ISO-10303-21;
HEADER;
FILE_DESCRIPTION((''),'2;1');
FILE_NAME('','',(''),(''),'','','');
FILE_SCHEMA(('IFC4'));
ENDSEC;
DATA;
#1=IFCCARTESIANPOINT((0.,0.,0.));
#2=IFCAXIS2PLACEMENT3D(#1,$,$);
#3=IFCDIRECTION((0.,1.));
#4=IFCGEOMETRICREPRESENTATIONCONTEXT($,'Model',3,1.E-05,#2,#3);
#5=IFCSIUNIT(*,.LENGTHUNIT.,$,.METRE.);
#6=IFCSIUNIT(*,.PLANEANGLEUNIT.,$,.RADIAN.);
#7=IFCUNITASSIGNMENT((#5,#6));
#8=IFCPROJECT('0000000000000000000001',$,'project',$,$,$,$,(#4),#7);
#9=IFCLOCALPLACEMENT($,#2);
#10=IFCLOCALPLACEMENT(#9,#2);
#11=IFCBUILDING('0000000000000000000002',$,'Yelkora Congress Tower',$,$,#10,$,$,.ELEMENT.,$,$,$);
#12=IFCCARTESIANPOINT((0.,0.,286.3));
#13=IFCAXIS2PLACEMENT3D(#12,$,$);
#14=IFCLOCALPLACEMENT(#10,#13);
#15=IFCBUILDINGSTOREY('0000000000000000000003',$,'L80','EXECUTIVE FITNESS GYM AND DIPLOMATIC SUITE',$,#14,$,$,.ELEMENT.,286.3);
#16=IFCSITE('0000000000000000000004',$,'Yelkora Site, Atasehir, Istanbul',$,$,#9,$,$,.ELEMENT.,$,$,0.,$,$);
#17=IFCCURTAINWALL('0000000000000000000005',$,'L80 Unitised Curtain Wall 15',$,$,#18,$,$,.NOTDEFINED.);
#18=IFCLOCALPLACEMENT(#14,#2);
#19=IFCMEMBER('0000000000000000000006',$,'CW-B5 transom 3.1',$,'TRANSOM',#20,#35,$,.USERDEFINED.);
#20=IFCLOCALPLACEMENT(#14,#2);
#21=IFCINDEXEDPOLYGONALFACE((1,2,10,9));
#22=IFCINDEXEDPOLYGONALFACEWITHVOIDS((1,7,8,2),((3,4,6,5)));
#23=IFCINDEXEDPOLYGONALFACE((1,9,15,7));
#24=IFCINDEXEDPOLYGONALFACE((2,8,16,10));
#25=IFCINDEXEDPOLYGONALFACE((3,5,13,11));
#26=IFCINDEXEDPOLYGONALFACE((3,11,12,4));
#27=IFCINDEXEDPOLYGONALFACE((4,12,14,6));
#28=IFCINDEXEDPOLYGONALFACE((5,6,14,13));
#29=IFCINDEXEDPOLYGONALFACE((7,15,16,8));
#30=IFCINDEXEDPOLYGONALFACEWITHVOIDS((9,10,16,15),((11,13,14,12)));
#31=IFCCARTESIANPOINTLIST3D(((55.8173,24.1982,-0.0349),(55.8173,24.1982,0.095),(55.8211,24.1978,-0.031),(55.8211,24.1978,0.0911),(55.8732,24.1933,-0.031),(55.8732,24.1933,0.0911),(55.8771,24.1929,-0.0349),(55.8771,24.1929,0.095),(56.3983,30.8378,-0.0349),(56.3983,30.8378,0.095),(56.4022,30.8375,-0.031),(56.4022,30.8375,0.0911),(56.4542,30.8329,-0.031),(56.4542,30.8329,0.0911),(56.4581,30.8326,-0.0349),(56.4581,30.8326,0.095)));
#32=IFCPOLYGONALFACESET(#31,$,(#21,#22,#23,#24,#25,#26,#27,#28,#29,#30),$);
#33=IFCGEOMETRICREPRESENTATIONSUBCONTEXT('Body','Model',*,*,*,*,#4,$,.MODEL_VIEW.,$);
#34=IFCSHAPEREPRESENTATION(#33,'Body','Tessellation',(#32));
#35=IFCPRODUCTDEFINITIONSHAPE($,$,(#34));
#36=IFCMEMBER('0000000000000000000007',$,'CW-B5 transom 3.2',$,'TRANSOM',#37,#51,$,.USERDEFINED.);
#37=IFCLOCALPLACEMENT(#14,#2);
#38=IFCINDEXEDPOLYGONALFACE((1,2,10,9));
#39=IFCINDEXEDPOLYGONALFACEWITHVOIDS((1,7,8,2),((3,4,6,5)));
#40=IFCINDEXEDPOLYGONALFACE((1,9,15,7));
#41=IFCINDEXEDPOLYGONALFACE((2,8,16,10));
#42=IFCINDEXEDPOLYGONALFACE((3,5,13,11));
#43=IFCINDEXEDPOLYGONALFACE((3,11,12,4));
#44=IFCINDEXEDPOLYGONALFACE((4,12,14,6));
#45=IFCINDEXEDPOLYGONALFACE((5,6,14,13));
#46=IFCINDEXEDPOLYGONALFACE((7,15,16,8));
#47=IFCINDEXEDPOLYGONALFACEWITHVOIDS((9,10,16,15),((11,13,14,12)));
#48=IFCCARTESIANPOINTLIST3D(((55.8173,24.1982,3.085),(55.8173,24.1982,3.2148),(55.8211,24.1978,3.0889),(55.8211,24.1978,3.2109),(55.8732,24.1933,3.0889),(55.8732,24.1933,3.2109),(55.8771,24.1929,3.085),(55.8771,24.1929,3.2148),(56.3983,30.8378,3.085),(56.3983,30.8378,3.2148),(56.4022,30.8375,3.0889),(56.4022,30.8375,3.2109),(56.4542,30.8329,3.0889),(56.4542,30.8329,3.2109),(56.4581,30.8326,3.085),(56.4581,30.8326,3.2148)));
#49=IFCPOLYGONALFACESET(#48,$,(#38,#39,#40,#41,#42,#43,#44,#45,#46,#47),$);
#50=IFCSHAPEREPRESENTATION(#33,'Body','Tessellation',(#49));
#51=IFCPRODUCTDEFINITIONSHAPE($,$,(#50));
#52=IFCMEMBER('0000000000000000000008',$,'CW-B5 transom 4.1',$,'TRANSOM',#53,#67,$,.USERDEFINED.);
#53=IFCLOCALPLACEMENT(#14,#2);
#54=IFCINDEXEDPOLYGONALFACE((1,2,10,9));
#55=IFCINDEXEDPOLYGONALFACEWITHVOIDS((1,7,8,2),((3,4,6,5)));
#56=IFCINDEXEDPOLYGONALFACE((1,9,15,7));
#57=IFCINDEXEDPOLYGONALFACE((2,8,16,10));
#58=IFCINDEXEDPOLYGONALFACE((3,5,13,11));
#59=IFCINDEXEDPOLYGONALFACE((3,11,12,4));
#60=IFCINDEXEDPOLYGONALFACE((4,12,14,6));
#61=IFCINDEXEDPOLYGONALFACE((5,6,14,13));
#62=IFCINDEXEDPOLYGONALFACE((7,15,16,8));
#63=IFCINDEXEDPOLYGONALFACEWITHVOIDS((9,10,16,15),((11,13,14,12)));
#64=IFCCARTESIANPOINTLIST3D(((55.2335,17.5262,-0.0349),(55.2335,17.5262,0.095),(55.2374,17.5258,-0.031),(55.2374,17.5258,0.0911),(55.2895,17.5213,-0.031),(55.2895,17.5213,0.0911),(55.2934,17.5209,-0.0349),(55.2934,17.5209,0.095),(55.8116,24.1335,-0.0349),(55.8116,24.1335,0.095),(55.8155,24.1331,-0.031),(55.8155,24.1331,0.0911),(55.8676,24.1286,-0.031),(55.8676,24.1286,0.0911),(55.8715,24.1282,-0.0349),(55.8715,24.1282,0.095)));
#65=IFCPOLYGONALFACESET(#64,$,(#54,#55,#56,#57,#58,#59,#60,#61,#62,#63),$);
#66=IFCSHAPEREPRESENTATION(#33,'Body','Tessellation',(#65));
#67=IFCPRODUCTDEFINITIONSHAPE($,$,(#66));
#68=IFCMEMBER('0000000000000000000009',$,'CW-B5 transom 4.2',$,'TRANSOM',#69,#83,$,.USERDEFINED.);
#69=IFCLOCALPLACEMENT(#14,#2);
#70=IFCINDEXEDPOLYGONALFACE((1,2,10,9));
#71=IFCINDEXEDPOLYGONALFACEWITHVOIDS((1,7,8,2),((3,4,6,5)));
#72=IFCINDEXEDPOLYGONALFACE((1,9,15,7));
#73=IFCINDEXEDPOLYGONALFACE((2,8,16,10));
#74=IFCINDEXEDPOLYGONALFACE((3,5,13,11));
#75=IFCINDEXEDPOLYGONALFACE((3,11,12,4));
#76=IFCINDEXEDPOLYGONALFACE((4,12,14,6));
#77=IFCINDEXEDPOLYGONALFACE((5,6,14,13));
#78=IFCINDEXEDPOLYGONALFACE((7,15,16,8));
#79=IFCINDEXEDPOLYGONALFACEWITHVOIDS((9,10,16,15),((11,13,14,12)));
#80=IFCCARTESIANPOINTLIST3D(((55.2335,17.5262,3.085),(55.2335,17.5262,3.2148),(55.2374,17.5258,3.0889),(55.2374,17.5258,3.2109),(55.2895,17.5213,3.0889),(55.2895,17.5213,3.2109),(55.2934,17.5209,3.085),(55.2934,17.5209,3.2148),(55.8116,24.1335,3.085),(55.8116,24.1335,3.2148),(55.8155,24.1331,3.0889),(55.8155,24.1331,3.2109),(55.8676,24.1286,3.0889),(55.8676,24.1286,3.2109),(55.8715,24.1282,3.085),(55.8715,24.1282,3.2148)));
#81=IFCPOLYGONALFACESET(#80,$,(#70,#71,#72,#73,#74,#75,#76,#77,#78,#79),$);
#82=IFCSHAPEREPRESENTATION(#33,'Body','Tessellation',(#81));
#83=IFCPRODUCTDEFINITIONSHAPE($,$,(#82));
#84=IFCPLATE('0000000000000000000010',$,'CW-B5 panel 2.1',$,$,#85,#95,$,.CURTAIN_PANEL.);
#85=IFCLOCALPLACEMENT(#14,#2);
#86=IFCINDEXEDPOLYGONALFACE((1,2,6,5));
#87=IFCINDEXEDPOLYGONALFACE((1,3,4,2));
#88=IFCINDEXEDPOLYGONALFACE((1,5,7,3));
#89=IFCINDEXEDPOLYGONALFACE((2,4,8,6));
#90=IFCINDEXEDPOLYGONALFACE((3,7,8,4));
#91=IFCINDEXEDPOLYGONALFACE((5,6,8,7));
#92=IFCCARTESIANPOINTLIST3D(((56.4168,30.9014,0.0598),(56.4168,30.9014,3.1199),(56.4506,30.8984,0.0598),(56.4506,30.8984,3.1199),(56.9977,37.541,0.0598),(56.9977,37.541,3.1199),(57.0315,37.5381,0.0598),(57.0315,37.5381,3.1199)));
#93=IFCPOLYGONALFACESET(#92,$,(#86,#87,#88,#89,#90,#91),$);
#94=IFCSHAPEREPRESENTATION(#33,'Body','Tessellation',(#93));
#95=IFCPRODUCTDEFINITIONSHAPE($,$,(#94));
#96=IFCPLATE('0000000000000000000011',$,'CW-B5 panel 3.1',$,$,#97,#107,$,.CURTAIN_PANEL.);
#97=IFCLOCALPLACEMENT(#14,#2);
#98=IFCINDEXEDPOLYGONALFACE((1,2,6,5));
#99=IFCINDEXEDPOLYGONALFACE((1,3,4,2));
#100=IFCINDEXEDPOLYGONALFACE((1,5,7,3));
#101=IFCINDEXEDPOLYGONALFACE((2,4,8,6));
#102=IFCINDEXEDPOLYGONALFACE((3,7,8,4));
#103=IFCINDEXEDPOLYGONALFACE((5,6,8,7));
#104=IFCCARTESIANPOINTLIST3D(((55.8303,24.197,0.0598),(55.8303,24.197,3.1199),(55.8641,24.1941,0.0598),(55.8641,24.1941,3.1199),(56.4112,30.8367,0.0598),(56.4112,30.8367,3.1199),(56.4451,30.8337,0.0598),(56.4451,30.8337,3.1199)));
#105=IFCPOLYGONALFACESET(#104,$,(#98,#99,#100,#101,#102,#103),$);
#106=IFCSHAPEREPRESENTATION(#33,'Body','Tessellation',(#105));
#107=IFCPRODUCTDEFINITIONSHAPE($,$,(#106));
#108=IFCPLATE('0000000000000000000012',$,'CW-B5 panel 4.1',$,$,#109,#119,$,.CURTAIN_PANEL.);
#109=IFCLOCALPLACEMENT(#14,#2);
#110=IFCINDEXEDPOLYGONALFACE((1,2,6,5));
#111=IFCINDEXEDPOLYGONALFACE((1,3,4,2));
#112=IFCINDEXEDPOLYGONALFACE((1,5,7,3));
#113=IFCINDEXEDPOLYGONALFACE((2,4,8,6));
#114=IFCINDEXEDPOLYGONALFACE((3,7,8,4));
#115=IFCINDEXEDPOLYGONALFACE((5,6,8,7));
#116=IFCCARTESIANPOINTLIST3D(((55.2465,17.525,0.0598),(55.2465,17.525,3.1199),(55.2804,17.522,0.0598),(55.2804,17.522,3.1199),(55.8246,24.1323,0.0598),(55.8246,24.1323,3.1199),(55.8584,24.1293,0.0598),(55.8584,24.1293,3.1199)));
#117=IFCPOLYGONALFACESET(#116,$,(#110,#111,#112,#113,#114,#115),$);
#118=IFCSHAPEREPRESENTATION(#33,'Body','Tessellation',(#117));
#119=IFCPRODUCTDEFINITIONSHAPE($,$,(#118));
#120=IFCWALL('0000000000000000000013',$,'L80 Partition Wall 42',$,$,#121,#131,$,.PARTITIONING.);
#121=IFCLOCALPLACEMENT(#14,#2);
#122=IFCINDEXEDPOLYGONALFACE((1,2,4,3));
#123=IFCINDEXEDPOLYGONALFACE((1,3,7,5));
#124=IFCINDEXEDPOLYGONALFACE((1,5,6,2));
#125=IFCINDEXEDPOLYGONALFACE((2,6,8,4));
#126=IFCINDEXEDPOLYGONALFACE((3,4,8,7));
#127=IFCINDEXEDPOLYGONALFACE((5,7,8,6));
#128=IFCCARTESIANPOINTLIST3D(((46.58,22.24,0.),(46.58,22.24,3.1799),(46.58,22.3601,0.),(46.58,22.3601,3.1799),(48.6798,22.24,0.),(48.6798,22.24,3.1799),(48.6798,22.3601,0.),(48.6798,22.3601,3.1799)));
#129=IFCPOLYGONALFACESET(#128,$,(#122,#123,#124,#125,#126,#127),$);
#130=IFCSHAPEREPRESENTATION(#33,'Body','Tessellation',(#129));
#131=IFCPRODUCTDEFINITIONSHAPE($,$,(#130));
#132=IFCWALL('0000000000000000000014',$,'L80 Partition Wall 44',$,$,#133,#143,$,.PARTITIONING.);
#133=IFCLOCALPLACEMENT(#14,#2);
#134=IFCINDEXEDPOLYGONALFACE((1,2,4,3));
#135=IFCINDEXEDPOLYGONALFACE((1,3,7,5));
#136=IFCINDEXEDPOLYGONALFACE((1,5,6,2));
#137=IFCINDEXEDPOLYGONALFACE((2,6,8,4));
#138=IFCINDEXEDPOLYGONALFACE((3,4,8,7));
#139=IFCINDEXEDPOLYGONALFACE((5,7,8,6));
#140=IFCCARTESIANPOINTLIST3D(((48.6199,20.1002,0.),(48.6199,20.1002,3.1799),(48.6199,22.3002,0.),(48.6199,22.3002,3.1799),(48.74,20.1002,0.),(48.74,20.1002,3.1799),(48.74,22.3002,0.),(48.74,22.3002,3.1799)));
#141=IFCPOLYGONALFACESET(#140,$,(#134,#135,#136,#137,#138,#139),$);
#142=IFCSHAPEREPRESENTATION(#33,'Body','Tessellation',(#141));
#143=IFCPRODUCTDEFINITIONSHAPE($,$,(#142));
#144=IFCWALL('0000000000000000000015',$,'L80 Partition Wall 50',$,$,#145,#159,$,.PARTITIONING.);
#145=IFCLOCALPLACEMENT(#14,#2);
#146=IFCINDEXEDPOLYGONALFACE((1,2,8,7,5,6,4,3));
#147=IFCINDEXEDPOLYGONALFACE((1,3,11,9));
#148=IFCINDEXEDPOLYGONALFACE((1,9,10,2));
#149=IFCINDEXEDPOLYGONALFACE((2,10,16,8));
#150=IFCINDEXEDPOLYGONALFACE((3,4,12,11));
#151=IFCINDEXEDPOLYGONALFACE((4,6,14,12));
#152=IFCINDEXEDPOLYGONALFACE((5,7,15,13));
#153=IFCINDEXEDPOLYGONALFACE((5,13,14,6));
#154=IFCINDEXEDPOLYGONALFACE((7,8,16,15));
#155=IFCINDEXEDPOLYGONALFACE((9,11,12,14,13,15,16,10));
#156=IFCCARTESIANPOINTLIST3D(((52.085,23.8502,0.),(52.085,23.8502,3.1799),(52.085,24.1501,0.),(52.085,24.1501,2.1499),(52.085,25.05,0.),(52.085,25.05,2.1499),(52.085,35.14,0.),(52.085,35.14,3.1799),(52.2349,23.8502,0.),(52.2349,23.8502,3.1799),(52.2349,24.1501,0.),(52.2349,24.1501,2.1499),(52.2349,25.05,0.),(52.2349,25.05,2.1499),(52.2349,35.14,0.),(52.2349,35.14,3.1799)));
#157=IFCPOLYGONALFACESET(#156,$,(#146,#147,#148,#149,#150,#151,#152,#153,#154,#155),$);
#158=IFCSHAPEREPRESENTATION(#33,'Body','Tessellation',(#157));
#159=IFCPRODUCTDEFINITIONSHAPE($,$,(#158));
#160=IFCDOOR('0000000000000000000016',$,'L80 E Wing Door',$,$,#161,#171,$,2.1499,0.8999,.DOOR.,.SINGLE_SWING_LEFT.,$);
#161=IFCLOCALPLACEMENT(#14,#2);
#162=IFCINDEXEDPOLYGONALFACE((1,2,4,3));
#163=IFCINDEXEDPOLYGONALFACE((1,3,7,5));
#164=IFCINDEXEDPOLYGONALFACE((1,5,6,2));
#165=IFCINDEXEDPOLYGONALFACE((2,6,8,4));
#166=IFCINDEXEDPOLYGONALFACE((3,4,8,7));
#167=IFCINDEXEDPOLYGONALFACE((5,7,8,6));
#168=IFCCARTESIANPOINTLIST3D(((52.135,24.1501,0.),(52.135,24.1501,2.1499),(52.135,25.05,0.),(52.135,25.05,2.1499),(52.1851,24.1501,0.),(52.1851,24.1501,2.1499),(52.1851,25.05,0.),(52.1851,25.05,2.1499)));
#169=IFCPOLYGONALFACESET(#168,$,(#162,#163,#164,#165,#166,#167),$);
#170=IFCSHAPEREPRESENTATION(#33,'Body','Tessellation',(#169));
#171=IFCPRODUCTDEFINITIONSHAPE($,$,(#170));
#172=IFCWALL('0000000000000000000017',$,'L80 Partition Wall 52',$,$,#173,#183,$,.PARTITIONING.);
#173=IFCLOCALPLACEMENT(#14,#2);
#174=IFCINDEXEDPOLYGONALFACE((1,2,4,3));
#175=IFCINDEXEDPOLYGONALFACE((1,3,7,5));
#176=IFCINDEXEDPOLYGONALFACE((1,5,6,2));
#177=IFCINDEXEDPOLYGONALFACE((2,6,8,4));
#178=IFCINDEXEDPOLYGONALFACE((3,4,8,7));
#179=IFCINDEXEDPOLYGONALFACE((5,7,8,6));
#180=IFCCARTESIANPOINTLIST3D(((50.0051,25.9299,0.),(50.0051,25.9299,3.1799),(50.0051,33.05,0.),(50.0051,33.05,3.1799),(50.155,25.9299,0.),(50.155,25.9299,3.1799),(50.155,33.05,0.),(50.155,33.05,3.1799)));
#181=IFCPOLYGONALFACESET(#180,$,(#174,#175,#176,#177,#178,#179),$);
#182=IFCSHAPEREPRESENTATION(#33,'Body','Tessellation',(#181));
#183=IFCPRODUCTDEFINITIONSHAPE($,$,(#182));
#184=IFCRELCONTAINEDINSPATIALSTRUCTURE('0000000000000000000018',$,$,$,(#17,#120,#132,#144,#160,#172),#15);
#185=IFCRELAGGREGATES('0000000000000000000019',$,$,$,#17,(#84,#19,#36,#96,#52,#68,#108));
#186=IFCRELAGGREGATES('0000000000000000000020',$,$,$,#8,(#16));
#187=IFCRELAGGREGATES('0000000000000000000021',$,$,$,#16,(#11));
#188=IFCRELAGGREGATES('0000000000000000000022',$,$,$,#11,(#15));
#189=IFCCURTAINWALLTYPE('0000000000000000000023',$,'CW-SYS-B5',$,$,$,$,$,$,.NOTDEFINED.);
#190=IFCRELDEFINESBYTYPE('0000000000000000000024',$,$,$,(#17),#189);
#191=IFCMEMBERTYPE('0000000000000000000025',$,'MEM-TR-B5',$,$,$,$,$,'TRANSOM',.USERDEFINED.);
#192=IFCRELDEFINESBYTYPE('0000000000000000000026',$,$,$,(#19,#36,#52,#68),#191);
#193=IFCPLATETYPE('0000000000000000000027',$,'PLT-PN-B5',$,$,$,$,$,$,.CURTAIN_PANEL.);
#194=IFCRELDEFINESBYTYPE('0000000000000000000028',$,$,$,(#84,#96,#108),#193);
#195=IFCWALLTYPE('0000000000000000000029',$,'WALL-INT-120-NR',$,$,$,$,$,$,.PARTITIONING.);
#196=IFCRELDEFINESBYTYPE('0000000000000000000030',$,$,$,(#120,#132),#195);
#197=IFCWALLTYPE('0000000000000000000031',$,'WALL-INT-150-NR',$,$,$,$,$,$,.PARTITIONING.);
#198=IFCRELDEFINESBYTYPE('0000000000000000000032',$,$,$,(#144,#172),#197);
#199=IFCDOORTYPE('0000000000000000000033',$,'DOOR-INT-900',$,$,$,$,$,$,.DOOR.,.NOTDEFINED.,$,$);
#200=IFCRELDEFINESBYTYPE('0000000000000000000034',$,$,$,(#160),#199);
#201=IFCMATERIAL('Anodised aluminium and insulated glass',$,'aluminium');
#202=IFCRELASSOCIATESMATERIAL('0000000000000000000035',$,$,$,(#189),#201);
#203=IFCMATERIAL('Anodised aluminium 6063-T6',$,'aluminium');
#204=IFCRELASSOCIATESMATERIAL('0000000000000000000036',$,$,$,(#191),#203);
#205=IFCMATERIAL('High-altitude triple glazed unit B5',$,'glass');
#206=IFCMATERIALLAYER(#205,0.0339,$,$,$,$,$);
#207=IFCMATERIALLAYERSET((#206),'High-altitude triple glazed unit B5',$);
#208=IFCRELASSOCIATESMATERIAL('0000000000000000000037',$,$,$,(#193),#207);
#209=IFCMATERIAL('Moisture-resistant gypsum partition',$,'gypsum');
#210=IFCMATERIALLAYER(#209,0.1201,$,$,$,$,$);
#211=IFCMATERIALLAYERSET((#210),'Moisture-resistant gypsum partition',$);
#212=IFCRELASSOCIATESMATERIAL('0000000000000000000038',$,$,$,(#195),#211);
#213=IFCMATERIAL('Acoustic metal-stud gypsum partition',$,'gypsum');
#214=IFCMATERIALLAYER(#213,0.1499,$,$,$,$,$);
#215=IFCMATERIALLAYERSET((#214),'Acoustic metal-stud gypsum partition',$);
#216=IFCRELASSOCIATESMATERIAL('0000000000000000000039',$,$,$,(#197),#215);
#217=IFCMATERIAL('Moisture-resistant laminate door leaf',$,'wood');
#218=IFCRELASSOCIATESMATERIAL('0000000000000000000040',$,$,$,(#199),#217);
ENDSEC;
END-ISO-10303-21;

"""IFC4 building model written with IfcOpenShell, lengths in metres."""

from ifc_helpers import new_model, si_unit, direction, frame, frame_2d, origin, origin_2d, place, context, subcontext, project, spatial, rectangle, hollow_rectangle, extrude, material, layer, layer_set, material_profile, profile_set, type_object, element, fill, aggregate, save


model = new_model("IFC4")

# Units and contexts
model_context = context("Model", 3, precision=1e-05, world=origin(), true_north=direction((0.0, 1.0)))
body_context = subcontext(model_context, "Body", "Model", "MODEL_VIEW")
ifc_project = project(units=[si_unit("LENGTHUNIT", "METRE"), si_unit("PLANEANGLEUNIT", "RADIAN")], contexts=[model_context])

# Site, building, storey
site_placement = place(None, origin())
site = spatial("IfcSite", under=ifc_project, at=site_placement, Name="Yelkora Site, Atasehir, Istanbul", CompositionType="ELEMENT", RefElevation=0.0)
building_placement = place(site_placement, origin())
building = spatial("IfcBuilding", under=site, at=building_placement, Name="Yelkora Congress Tower", CompositionType="ELEMENT")
storey_placement = place(building_placement, frame((0.0, 0.0, 286.3)))
storey = spatial("IfcBuildingStorey", under=building, at=storey_placement, Name="L80", Description="EXECUTIVE FITNESS GYM AND DIPLOMATIC SUITE", CompositionType="ELEMENT", Elevation=286.3)

# Curtain wall, members, plates
ifc_material_1 = material(Name="Anodised aluminium and insulated glass", Category="aluminium")
curtain_wall_type = type_object("IfcCurtainWallType", Name="CW-SYS-B5", PredefinedType="NOTDEFINED", material=ifc_material_1)
curtain_wall_placement = place(storey_placement, origin())
curtain_wall = element("IfcCurtainWall", 1, at=curtain_wall_placement, inside=storey, type_object=curtain_wall_type, Name="L80 Unitised Curtain Wall 15", PredefinedType="NOTDEFINED")
ifc_material_2 = material(Name="Anodised aluminium 6063-T6", Category="aluminium")
ifc_material_profile_1 = material_profile(ifc_material_2, hollow_rectangle(XDim=0.0601, YDim=0.1299, WallThickness=0.0039, at=origin_2d()), Name="ALU 60x130x4")
ifc_profile_set_1 = profile_set([ifc_material_profile_1], Name="Anodised aluminium 6063-T6")
member_type_1 = type_object("IfcMemberType", Name="MEM-TR-B5", ElementType="TRANSOM", PredefinedType="USERDEFINED", material=ifc_profile_set_1)
member_1_placement = place(storey_placement, frame((56.4282, 30.8352, 0.03), z_axis=(-0.08718, -0.996193, 0.0), x_axis=(0.996193, -0.08718, 0.0)))
member_1 = element("IfcMember", 2, at=member_1_placement, type_object=member_type_1, Name="CW-B5 transom 3.1", ObjectType="TRANSOM", PredefinedType="USERDEFINED", context=body_context, shape_type="SweptSolid", body=[
    extrude(hollow_rectangle(XDim=0.0601, YDim=0.1299, WallThickness=0.0039, at=origin_2d()), origin(), (0.0, 0.0, 1.0), 6.665),
])
member_2_placement = place(storey_placement, frame((56.4282, 30.8352, 3.1499), z_axis=(-0.08718, -0.996193, 0.0), x_axis=(0.996193, -0.08718, 0.0)))
member_2 = element("IfcMember", 3, at=member_2_placement, type_object=member_type_1, Name="CW-B5 transom 3.2", ObjectType="TRANSOM", PredefinedType="USERDEFINED", context=body_context, shape_type="SweptSolid", body=[
    extrude(hollow_rectangle(XDim=0.0601, YDim=0.1299, WallThickness=0.0039, at=origin_2d()), origin(), (0.0, 0.0, 1.0), 6.665),
])
member_3_placement = place(storey_placement, frame((55.8416, 24.1309, 0.03), z_axis=(-0.087163, -0.996194, 0.0), x_axis=(0.996194, -0.087163, 0.0)))
member_3 = element("IfcMember", 4, at=member_3_placement, type_object=member_type_1, Name="CW-B5 transom 4.1", ObjectType="TRANSOM", PredefinedType="USERDEFINED", context=body_context, shape_type="SweptSolid", body=[
    extrude(hollow_rectangle(XDim=0.0601, YDim=0.1299, WallThickness=0.0039, at=origin_2d()), origin(), (0.0, 0.0, 1.0), 6.6326),
])
member_4_placement = place(storey_placement, frame((55.8416, 24.1309, 3.1499), z_axis=(-0.087163, -0.996194, 0.0), x_axis=(0.996194, -0.087163, 0.0)))
member_4 = element("IfcMember", 5, at=member_4_placement, type_object=member_type_1, Name="CW-B5 transom 4.2", ObjectType="TRANSOM", PredefinedType="USERDEFINED", context=body_context, shape_type="SweptSolid", body=[
    extrude(hollow_rectangle(XDim=0.0601, YDim=0.1299, WallThickness=0.0039, at=origin_2d()), origin(), (0.0, 0.0, 1.0), 6.6326),
])
ifc_material_3 = material(Name="High-altitude triple glazed unit B5", Category="glass")
ifc_layer_1 = layer(ifc_material_3, 0.0339)
ifc_layer_set_1 = layer_set([ifc_layer_1], Name="High-altitude triple glazed unit B5")
plate_type = type_object("IfcPlateType", Name="PLT-PN-B5", PredefinedType="CURTAIN_PANEL", material=ifc_layer_set_1)
plate_1_placement = place(storey_placement, frame((56.7241, 34.2197, 0.0598), z_axis=(0.0, 0.0, 1.0), x_axis=(-0.087158, -0.996194, 0.0)))
plate_1 = element("IfcPlate", 6, at=plate_1_placement, type_object=plate_type, Name="CW-B5 panel 2.1", PredefinedType="CURTAIN_PANEL", context=body_context, shape_type="SweptSolid", body=[
    extrude(rectangle(XDim=6.665, YDim=0.0339, at=origin_2d()), origin(), (0.0, 0.0, 1.0), 3.0601),
])
plate_2_placement = place(storey_placement, frame((56.1377, 27.5154, 0.0598), z_axis=(0.0, 0.0, 1.0), x_axis=(-0.087158, -0.996194, 0.0)))
plate_2 = element("IfcPlate", 7, at=plate_2_placement, type_object=plate_type, Name="CW-B5 panel 3.1", PredefinedType="CURTAIN_PANEL", context=body_context, shape_type="SweptSolid", body=[
    extrude(rectangle(XDim=6.665, YDim=0.0339, at=origin_2d()), origin(), (0.0, 0.0, 1.0), 3.0601),
])
plate_3_placement = place(storey_placement, frame((55.5525, 20.8271, 0.0598), z_axis=(0.0, 0.0, 1.0), x_axis=(-0.087158, -0.996194, 0.0)))
plate_3 = element("IfcPlate", 8, at=plate_3_placement, type_object=plate_type, Name="CW-B5 panel 4.1", PredefinedType="CURTAIN_PANEL", context=body_context, shape_type="SweptSolid", body=[
    extrude(rectangle(XDim=6.6326, YDim=0.0339, at=origin_2d()), origin(), (0.0, 0.0, 1.0), 3.0601),
])
aggregate(curtain_wall, [plate_1, member_1, member_2, plate_2, member_3, member_4, plate_3])

# Walls
ifc_material_4 = material(Name="Moisture-resistant gypsum partition", Category="gypsum")
ifc_layer_2 = layer(ifc_material_4, 0.1201)
ifc_layer_set_2 = layer_set([ifc_layer_2], Name="Moisture-resistant gypsum partition")
wall_type_1 = type_object("IfcWallType", Name="WALL-INT-120-NR", PredefinedType="PARTITIONING", material=ifc_layer_set_2)
wall_1_placement = place(storey_placement, frame((46.5801, 22.3, 0.0), z_axis=(0.0, 0.0, 1.0), x_axis=(1.0, 0.0, 0.0)))
element("IfcWall", 9, at=wall_1_placement, inside=storey, type_object=wall_type_1, Name="L80 Partition Wall 42", PredefinedType="PARTITIONING", context=body_context, shape_type="SweptSolid", body=[
    extrude(rectangle(XDim=2.0999, YDim=0.1201, at=frame_2d((1.0498, 0.0))), origin(), (0.0, 0.0, 1.0), 3.1799),
])
wall_2_placement = place(storey_placement, frame((48.6799, 20.1001, 0.0), z_axis=(0.0, 0.0, 1.0), x_axis=(0.0, 1.0, 0.0)))
element("IfcWall", 10, at=wall_2_placement, inside=storey, type_object=wall_type_1, Name="L80 Partition Wall 44", PredefinedType="PARTITIONING", context=body_context, shape_type="SweptSolid", body=[
    extrude(rectangle(XDim=2.2, YDim=0.1201, at=frame_2d((1.1001, 0.0))), origin(), (0.0, 0.0, 1.0), 3.1799),
])

# Wall, opening, door
ifc_material_5 = material(Name="Acoustic metal-stud gypsum partition", Category="gypsum")
ifc_layer_3 = layer(ifc_material_5, 0.1499)
ifc_layer_set_3 = layer_set([ifc_layer_3], Name="Acoustic metal-stud gypsum partition")
wall_type_2 = type_object("IfcWallType", Name="WALL-INT-150-NR", PredefinedType="PARTITIONING", material=ifc_layer_set_3)
wall_3_placement = place(storey_placement, frame((52.1599, 23.8501, 0.0), z_axis=(0.0, 0.0, 1.0), x_axis=(0.0, 1.0, 0.0)))
wall_3 = element("IfcWall", 11, at=wall_3_placement, inside=storey, type_object=wall_type_2, Name="L80 Partition Wall 50", PredefinedType="PARTITIONING", context=body_context, shape_type="SweptSolid", body=[
    extrude(rectangle(XDim=11.2898, YDim=0.1499, at=frame_2d((5.645, 0.0))), origin(), (0.0, 0.0, 1.0), 3.1799),
])
opening_placement = place(wall_3_placement, frame((0.3, 0.0, 0.0)))
opening = element("IfcOpeningElement", 12, at=opening_placement, cuts=wall_3, PredefinedType="OPENING", context=body_context, shape_type="SweptSolid", body=[
    extrude(rectangle(XDim=0.8999, YDim=2.1499, at=frame_2d((0.45, 1.075))), frame((0.0, 0.085, 0.0), z_axis=(0.0, -1.0, 0.0), x_axis=(1.0, 0.0, 0.0)), (0.0, 0.0, 1.0), 0.1699),
])
ifc_material_6 = material(Name="Moisture-resistant laminate door leaf", Category="wood")
door_type = type_object("IfcDoorType", Name="DOOR-INT-900", OperationType="NOTDEFINED", PredefinedType="DOOR", material=ifc_material_6)
door_placement = place(opening_placement, origin())
door = element("IfcDoor", 13, at=door_placement, inside=storey, type_object=door_type, Name="L80 E Wing Door", OperationType="SINGLE_SWING_LEFT", OverallHeight=2.1499, OverallWidth=0.8999, PredefinedType="DOOR", context=body_context, shape_type="SweptSolid", body=[
    extrude(rectangle(XDim=0.8999, YDim=2.1499, at=frame_2d((0.45, 1.075))), frame((0.0, 0.0249, 0.0), z_axis=(0.0, -1.0, 0.0), x_axis=(1.0, 0.0, 0.0)), (0.0, 0.0, 1.0), 0.05),
])
fill(opening, door)

# Wall
wall_4_placement = place(storey_placement, frame((50.0801, 25.9299, 0.0), z_axis=(0.0, 0.0, 1.0), x_axis=(0.0, 1.0, 0.0)))
element("IfcWall", 14, at=wall_4_placement, inside=storey, type_object=wall_type_2, Name="L80 Partition Wall 52", PredefinedType="PARTITIONING", context=body_context, shape_type="SweptSolid", body=[
    extrude(rectangle(XDim=7.1201, YDim=0.1499, at=frame_2d((3.5601, 0.0))), origin(), (0.0, 0.0, 1.0), 3.1799),
])

save(model, "model.ifc")
